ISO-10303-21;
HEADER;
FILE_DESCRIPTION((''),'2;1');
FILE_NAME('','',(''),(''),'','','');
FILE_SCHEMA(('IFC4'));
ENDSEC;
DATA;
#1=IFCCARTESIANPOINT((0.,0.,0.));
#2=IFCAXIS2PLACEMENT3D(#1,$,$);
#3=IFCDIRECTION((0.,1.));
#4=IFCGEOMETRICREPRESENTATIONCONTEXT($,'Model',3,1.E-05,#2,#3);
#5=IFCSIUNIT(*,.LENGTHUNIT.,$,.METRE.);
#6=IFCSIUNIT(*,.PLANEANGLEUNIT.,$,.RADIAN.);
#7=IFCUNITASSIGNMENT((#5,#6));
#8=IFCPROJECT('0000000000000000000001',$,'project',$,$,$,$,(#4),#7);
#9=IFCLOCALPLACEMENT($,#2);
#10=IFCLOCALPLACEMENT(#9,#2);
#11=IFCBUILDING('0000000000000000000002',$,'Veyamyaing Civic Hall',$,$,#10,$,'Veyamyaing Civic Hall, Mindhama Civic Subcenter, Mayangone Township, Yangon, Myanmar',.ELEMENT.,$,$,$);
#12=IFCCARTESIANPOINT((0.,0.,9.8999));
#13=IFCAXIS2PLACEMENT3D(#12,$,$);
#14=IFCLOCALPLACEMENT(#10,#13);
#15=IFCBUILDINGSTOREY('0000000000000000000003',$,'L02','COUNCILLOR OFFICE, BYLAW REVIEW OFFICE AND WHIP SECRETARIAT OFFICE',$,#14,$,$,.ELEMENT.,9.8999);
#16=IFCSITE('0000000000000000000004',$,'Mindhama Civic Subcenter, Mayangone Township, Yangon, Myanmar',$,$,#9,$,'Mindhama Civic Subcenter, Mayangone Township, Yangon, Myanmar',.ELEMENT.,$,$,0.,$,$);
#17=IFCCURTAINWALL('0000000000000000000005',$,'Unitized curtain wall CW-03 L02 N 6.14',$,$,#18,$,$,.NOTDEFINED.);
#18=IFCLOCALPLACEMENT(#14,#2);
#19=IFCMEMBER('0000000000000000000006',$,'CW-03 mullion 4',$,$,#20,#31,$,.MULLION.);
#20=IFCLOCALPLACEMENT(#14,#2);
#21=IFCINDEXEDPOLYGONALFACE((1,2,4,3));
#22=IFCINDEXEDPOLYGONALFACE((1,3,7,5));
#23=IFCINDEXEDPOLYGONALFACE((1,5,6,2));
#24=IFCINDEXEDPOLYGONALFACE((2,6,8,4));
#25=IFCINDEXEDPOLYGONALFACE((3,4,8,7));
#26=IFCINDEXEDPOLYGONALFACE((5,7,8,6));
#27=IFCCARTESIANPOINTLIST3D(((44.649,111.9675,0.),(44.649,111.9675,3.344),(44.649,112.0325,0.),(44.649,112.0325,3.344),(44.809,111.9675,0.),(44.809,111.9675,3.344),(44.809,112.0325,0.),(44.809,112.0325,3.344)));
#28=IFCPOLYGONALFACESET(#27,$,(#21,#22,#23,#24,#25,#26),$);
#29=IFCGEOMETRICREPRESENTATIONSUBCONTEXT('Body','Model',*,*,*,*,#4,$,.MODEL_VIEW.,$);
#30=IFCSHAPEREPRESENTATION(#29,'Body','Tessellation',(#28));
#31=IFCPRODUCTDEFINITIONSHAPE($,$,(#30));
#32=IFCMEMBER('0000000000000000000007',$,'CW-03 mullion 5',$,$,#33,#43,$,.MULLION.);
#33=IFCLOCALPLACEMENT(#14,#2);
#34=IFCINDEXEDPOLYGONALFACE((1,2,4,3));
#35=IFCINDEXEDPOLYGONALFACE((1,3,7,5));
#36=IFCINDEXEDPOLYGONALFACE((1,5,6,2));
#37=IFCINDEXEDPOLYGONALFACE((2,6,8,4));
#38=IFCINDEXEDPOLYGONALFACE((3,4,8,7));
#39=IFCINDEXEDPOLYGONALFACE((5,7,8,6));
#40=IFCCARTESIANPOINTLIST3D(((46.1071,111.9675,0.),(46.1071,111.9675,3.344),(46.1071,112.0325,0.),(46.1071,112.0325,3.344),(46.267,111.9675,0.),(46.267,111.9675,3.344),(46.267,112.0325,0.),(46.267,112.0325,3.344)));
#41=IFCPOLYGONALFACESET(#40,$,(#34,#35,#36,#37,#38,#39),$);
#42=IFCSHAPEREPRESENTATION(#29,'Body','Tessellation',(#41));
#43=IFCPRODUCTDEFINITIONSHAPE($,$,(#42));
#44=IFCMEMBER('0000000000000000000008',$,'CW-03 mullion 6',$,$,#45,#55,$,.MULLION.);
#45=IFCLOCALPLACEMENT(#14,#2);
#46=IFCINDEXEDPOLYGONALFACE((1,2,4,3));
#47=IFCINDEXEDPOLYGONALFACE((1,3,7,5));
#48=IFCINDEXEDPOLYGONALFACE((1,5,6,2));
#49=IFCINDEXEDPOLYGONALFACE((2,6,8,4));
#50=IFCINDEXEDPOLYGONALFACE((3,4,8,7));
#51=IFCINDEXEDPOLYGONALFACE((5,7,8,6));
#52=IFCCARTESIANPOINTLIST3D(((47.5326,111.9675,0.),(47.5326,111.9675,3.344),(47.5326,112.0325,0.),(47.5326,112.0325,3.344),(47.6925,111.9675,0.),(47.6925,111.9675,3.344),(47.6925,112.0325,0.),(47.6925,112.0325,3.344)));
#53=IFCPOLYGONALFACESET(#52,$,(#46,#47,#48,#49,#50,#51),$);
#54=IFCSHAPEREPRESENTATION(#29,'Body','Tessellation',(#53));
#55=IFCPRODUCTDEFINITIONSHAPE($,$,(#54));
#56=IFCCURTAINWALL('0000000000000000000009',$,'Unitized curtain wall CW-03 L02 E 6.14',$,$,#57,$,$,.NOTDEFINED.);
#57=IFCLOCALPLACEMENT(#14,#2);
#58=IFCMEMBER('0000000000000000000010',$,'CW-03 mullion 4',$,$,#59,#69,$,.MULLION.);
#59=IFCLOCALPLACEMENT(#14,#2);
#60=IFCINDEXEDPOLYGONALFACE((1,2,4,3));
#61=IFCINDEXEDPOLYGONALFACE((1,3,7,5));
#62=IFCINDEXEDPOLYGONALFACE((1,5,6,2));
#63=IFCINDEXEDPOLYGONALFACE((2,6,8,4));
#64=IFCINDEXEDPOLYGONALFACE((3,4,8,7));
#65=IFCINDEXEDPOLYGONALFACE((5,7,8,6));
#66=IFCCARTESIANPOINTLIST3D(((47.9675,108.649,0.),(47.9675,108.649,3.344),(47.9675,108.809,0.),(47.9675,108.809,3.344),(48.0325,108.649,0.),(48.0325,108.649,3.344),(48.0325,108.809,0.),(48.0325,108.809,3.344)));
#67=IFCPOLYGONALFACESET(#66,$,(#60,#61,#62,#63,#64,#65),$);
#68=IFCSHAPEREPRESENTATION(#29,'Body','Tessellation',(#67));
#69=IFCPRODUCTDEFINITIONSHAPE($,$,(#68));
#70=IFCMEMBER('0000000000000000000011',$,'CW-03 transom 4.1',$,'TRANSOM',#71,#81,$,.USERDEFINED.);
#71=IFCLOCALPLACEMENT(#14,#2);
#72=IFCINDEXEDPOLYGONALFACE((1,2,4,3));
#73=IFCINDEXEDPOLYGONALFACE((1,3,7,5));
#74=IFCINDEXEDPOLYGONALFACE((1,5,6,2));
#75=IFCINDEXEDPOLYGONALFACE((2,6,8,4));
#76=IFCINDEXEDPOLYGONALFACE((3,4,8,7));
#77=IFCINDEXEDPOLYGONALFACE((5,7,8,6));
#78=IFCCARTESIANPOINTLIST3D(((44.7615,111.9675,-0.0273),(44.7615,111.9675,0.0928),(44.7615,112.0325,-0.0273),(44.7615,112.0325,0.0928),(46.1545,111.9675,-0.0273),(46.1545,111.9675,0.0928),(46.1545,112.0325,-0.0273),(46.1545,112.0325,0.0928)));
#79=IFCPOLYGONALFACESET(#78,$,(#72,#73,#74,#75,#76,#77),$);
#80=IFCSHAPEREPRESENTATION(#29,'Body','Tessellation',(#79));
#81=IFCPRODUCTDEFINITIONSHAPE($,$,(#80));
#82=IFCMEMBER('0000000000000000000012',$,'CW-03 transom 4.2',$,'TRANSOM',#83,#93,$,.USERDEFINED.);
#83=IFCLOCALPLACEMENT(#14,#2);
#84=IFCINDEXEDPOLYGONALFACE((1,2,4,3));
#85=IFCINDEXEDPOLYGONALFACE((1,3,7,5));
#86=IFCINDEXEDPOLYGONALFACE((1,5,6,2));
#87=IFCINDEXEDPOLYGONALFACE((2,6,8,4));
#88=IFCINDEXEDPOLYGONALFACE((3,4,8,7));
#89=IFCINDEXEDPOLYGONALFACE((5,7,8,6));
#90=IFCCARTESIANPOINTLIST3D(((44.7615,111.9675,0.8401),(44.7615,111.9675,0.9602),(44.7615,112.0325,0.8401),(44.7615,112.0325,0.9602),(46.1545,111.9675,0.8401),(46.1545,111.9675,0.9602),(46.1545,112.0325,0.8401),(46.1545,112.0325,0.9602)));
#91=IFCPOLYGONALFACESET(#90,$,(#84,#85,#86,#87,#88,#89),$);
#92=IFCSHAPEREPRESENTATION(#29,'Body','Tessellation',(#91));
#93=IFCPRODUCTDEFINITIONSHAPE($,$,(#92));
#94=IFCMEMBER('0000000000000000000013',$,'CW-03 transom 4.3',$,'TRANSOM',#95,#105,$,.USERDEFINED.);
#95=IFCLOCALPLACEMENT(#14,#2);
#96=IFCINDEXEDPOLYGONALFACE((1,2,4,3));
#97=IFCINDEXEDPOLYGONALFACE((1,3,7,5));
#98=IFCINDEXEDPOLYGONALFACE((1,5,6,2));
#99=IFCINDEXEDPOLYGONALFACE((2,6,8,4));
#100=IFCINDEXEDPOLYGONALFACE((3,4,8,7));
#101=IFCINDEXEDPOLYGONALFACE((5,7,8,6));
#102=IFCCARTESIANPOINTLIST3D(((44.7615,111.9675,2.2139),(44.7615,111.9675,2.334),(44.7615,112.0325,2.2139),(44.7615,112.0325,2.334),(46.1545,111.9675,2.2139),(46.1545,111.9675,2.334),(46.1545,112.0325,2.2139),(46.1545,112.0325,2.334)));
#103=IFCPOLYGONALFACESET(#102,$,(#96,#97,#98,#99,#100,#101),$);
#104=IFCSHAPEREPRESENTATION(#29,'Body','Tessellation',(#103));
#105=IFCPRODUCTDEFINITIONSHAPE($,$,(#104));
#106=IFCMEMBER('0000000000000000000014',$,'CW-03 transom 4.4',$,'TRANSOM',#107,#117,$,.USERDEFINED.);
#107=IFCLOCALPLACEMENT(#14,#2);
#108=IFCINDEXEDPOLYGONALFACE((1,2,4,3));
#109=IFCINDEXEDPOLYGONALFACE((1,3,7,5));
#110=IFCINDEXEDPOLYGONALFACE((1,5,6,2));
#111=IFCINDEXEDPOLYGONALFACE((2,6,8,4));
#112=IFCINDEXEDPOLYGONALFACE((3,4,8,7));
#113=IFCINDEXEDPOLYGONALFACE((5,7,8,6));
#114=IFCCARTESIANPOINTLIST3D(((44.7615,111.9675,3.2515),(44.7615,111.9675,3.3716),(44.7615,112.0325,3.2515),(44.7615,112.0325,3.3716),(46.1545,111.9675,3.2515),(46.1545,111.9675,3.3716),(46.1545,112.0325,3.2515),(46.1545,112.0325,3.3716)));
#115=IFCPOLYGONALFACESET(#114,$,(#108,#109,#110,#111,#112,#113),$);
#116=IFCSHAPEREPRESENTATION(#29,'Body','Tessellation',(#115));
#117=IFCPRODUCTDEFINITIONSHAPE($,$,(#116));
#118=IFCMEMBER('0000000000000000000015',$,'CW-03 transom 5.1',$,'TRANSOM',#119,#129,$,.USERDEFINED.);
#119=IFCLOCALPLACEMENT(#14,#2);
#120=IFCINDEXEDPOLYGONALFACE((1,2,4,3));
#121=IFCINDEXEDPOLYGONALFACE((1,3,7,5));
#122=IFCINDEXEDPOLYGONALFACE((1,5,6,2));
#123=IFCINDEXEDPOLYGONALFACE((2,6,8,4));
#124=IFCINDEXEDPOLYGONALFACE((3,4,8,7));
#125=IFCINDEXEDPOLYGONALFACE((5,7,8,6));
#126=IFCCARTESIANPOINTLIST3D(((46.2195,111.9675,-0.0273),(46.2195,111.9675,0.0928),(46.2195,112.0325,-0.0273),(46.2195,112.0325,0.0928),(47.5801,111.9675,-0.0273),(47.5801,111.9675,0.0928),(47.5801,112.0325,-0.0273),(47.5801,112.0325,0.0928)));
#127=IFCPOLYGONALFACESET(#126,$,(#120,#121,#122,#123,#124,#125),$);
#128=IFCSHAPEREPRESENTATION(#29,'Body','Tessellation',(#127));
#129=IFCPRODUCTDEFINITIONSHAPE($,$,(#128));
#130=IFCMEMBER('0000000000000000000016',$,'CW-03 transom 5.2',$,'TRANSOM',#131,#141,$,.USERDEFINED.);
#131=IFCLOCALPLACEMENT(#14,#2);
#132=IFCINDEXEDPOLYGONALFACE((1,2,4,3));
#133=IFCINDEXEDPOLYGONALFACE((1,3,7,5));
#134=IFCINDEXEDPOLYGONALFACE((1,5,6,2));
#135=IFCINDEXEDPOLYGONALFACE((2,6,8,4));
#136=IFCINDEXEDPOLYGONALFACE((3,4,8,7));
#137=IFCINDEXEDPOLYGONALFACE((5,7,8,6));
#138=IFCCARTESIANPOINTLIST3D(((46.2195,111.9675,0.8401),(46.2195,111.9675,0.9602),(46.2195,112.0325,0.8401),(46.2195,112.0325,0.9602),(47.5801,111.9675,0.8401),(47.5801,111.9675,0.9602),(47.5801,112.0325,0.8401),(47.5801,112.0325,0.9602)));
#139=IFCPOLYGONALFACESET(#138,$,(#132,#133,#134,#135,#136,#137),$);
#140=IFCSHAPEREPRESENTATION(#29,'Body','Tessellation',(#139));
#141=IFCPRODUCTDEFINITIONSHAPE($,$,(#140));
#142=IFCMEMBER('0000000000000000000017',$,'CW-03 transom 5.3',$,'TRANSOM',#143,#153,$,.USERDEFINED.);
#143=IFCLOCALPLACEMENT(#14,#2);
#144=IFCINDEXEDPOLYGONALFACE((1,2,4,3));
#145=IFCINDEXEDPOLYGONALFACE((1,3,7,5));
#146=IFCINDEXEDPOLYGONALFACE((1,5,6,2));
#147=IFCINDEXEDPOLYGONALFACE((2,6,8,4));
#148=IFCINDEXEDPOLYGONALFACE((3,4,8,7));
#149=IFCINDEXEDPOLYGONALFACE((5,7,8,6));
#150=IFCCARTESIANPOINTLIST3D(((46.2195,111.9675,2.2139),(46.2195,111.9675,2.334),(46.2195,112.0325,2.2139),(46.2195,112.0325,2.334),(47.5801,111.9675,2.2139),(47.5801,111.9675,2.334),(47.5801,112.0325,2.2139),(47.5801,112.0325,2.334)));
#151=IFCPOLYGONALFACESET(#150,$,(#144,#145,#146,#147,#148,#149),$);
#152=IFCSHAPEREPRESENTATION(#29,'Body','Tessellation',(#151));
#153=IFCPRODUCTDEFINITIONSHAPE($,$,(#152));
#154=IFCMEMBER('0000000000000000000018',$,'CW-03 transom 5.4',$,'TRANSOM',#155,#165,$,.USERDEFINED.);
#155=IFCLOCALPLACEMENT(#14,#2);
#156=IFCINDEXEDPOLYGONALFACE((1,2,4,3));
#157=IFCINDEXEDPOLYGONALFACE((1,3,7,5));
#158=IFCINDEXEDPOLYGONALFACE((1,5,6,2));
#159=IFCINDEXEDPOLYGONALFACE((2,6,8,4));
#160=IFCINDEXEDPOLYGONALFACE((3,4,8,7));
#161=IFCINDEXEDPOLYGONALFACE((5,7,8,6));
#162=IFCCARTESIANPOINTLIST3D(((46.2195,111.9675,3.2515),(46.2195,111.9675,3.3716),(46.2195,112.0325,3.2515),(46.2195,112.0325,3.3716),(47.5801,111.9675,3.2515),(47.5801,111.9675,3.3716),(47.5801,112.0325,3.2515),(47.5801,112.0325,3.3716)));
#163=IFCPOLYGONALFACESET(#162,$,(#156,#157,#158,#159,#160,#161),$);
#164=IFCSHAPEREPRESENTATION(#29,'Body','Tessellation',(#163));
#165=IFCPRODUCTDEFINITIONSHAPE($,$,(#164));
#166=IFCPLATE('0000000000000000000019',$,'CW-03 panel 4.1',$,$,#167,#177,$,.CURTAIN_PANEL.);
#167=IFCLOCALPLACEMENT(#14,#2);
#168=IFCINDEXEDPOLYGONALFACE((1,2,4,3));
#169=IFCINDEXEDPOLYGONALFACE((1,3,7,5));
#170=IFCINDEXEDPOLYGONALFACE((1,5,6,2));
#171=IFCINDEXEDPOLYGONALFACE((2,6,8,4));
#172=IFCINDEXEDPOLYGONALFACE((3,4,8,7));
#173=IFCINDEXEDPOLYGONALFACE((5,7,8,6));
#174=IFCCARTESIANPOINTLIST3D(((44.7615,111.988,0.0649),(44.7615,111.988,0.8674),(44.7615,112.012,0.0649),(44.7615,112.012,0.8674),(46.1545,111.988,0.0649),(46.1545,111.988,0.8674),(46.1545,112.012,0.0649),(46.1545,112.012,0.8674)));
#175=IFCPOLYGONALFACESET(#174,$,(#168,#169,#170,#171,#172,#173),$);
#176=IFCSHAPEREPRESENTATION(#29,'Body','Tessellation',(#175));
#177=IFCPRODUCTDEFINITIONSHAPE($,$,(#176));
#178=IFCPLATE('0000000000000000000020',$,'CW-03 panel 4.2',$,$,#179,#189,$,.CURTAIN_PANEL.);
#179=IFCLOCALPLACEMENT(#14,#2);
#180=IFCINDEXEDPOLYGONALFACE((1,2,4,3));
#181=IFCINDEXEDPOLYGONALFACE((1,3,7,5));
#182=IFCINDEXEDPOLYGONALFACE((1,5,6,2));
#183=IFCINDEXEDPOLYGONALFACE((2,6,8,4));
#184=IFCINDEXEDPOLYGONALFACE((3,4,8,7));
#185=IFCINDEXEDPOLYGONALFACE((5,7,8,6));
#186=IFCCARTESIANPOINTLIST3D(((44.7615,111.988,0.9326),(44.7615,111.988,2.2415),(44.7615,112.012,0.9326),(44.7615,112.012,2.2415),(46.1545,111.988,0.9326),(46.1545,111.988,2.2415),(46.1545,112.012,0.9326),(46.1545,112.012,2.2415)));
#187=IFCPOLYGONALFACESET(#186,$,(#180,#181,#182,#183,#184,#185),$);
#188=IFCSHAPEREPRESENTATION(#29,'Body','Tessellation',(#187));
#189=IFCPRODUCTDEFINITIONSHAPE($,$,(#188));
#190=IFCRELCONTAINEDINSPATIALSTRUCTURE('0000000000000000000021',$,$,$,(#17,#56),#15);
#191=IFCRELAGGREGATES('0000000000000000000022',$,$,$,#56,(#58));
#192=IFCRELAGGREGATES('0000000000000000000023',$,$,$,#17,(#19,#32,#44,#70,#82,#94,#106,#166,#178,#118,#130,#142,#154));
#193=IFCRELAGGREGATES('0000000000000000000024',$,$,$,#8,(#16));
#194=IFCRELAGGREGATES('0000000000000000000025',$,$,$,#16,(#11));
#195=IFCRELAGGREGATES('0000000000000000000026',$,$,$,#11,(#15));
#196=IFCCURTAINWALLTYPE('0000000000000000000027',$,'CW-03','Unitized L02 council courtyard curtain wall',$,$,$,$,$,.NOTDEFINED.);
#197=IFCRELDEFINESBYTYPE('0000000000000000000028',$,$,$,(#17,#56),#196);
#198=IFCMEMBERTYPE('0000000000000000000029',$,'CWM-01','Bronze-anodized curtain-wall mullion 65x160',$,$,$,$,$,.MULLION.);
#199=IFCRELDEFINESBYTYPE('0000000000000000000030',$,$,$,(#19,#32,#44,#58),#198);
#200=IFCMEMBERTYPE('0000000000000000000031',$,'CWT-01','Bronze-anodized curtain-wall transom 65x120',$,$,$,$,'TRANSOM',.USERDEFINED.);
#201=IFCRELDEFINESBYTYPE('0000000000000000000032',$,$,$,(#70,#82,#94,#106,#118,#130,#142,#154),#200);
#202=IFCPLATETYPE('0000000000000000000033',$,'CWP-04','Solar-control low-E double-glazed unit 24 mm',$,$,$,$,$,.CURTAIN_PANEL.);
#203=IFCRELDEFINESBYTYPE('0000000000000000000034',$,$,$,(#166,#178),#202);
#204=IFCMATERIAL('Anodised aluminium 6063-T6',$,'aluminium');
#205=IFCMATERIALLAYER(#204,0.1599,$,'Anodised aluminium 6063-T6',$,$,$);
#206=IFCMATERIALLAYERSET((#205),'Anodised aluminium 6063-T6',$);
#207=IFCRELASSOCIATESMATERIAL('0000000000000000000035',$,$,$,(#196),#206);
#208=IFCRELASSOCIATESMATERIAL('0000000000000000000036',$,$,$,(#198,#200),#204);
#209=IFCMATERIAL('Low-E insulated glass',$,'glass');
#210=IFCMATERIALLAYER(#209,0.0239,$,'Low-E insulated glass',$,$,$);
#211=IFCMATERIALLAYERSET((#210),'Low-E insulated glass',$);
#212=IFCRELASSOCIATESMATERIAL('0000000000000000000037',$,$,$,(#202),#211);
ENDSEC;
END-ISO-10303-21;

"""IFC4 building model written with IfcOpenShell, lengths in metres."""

from ifc_helpers import new_model, si_unit, direction, frame, origin, origin_2d, place, context, subcontext, project, spatial, rectangle, extrude, material, layer, layer_set, material_profile, profile_set, type_object, element, aggregate, save


model = new_model("IFC4")

# Units and contexts
model_context = context("Model", 3, precision=1e-05, world=origin(), true_north=direction((0.0, 1.0)))
body_context = subcontext(model_context, "Body", "Model", "MODEL_VIEW")
ifc_project = project(units=[si_unit("LENGTHUNIT", "METRE"), si_unit("PLANEANGLEUNIT", "RADIAN")], contexts=[model_context])

# Site, building, storey
site_placement = place(None, origin())
site = spatial("IfcSite", under=ifc_project, at=site_placement, Name="Mindhama Civic Subcenter, Mayangone Township, Yangon, Myanmar", LongName="Mindhama Civic Subcenter, Mayangone Township, Yangon, Myanmar", CompositionType="ELEMENT", RefElevation=0.0)
building_placement = place(site_placement, origin())
building = spatial("IfcBuilding", under=site, at=building_placement, Name="Veyamyaing Civic Hall", LongName="Veyamyaing Civic Hall, Mindhama Civic Subcenter, Mayangone Township, Yangon, Myanmar", CompositionType="ELEMENT")
storey_placement = place(building_placement, frame((0.0, 0.0, 9.8999)))
storey = spatial("IfcBuildingStorey", under=building, at=storey_placement, Name="L02", Description="COUNCILLOR OFFICE, BYLAW REVIEW OFFICE AND WHIP SECRETARIAT OFFICE", CompositionType="ELEMENT", Elevation=9.8999)

# Curtain wall, members
ifc_material_1 = material(Name="Anodised aluminium 6063-T6", Category="aluminium")
ifc_layer_1 = layer(ifc_material_1, 0.1599, Name="Anodised aluminium 6063-T6")
ifc_layer_set_1 = layer_set([ifc_layer_1], Name="Anodised aluminium 6063-T6")
curtain_wall_type = type_object("IfcCurtainWallType", Name="CW-03", Description="Unitized L02 council courtyard curtain wall", PredefinedType="NOTDEFINED", material=ifc_layer_set_1)
curtain_wall_1_placement = place(storey_placement, origin())
curtain_wall_1 = element("IfcCurtainWall", 1, at=curtain_wall_1_placement, inside=storey, type_object=curtain_wall_type, Name="Unitized curtain wall CW-03 L02 N 6.14", PredefinedType="NOTDEFINED")
ifc_material_profile_1 = material_profile(ifc_material_1, rectangle(XDim=0.0649, YDim=0.1599, at=origin_2d()), Name="ALU-MUL-65X160")
ifc_profile_set_1 = profile_set([ifc_material_profile_1], Name="Anodised aluminium 6063-T6")
member_type_1 = type_object("IfcMemberType", Name="CWM-01", Description="Bronze-anodized curtain-wall mullion 65x160", PredefinedType="MULLION", material=ifc_profile_set_1)
member_1_placement = place(storey_placement, frame((44.729, 112.0, 0.0), z_axis=(0.0, 0.0, 1.0), x_axis=(0.0, 1.0, 0.0)))
member_1 = element("IfcMember", 2, at=member_1_placement, type_object=member_type_1, Name="CW-03 mullion 4", PredefinedType="MULLION", context=body_context, shape_type="SweptSolid", body=[
    extrude(rectangle(XDim=0.0649, YDim=0.1599, at=origin_2d()), origin(), (0.0, 0.0, 1.0), 3.344),
])
member_2_placement = place(storey_placement, frame((46.187, 112.0, 0.0), z_axis=(0.0, 0.0, 1.0), x_axis=(0.0, 1.0, 0.0)))
member_2 = element("IfcMember", 3, at=member_2_placement, type_object=member_type_1, Name="CW-03 mullion 5", PredefinedType="MULLION", context=body_context, shape_type="SweptSolid", body=[
    extrude(rectangle(XDim=0.0649, YDim=0.1599, at=origin_2d()), origin(), (0.0, 0.0, 1.0), 3.344),
])
member_3_placement = place(storey_placement, frame((47.6125, 112.0, 0.0), z_axis=(0.0, 0.0, 1.0), x_axis=(0.0, 1.0, 0.0)))
member_3 = element("IfcMember", 4, at=member_3_placement, type_object=member_type_1, Name="CW-03 mullion 6", PredefinedType="MULLION", context=body_context, shape_type="SweptSolid", body=[
    extrude(rectangle(XDim=0.0649, YDim=0.1599, at=origin_2d()), origin(), (0.0, 0.0, 1.0), 3.344),
])

# Curtain wall, member
curtain_wall_2_placement = place(storey_placement, origin())
curtain_wall_2 = element("IfcCurtainWall", 5, at=curtain_wall_2_placement, inside=storey, type_object=curtain_wall_type, Name="Unitized curtain wall CW-03 L02 E 6.14", PredefinedType="NOTDEFINED")
member_4_placement = place(storey_placement, frame((48.0, 108.729, 0.0), z_axis=(0.0, 0.0, 1.0), x_axis=(-1.0, 0.0, 0.0)))
member_4 = element("IfcMember", 6, at=member_4_placement, type_object=member_type_1, Name="CW-03 mullion 4", PredefinedType="MULLION", context=body_context, shape_type="SweptSolid", body=[
    extrude(rectangle(XDim=0.0649, YDim=0.1599, at=origin_2d()), origin(), (0.0, 0.0, 1.0), 3.344),
])
aggregate(curtain_wall_2, [member_4])

# Members
ifc_material_profile_2 = material_profile(ifc_material_1, rectangle(XDim=0.0649, YDim=0.1201, at=origin_2d()), Name="ALU-TRN-65X120")
ifc_profile_set_2 = profile_set([ifc_material_profile_2], Name="Anodised aluminium 6063-T6")
member_type_2 = type_object("IfcMemberType", Name="CWT-01", Description="Bronze-anodized curtain-wall transom 65x120", ElementType="TRANSOM", PredefinedType="USERDEFINED", material=ifc_profile_set_2)
member_5_placement = place(storey_placement, frame((44.7615, 112.0, 0.0327), z_axis=(1.0, 0.0, 0.0), x_axis=(0.0, 1.0, 0.0)))
member_5 = element("IfcMember", 7, at=member_5_placement, type_object=member_type_2, Name="CW-03 transom 4.1", ObjectType="TRANSOM", PredefinedType="USERDEFINED", context=body_context, shape_type="SweptSolid", body=[
    extrude(rectangle(XDim=0.0649, YDim=0.1201, at=origin_2d()), origin(), (0.0, 0.0, 1.0), 1.3931),
])
member_6_placement = place(storey_placement, frame((44.7615, 112.0, 0.9001), z_axis=(1.0, 0.0, 0.0), x_axis=(0.0, 1.0, 0.0)))
member_6 = element("IfcMember", 8, at=member_6_placement, type_object=member_type_2, Name="CW-03 transom 4.2", ObjectType="TRANSOM", PredefinedType="USERDEFINED", context=body_context, shape_type="SweptSolid", body=[
    extrude(rectangle(XDim=0.0649, YDim=0.1201, at=origin_2d()), origin(), (0.0, 0.0, 1.0), 1.3931),
])
member_7_placement = place(storey_placement, frame((44.7615, 112.0, 2.2739), z_axis=(1.0, 0.0, 0.0), x_axis=(0.0, 1.0, 0.0)))
member_7 = element("IfcMember", 9, at=member_7_placement, type_object=member_type_2, Name="CW-03 transom 4.3", ObjectType="TRANSOM", PredefinedType="USERDEFINED", context=body_context, shape_type="SweptSolid", body=[
    extrude(rectangle(XDim=0.0649, YDim=0.1201, at=origin_2d()), origin(), (0.0, 0.0, 1.0), 1.3931),
])
member_8_placement = place(storey_placement, frame((44.7615, 112.0, 3.3115), z_axis=(1.0, 0.0, 0.0), x_axis=(0.0, 1.0, 0.0)))
member_8 = element("IfcMember", 10, at=member_8_placement, type_object=member_type_2, Name="CW-03 transom 4.4", ObjectType="TRANSOM", PredefinedType="USERDEFINED", context=body_context, shape_type="SweptSolid", body=[
    extrude(rectangle(XDim=0.0649, YDim=0.1201, at=origin_2d()), origin(), (0.0, 0.0, 1.0), 1.3931),
])
member_9_placement = place(storey_placement, frame((46.2195, 112.0, 0.0327), z_axis=(1.0, 0.0, 0.0), x_axis=(0.0, 1.0, 0.0)))
member_9 = element("IfcMember", 11, at=member_9_placement, type_object=member_type_2, Name="CW-03 transom 5.1", ObjectType="TRANSOM", PredefinedType="USERDEFINED", context=body_context, shape_type="SweptSolid", body=[
    extrude(rectangle(XDim=0.0649, YDim=0.1201, at=origin_2d()), origin(), (0.0, 0.0, 1.0), 1.3606),
])
member_10_placement = place(storey_placement, frame((46.2195, 112.0, 0.9001), z_axis=(1.0, 0.0, 0.0), x_axis=(0.0, 1.0, 0.0)))
member_10 = element("IfcMember", 12, at=member_10_placement, type_object=member_type_2, Name="CW-03 transom 5.2", ObjectType="TRANSOM", PredefinedType="USERDEFINED", context=body_context, shape_type="SweptSolid", body=[
    extrude(rectangle(XDim=0.0649, YDim=0.1201, at=origin_2d()), origin(), (0.0, 0.0, 1.0), 1.3606),
])
member_11_placement = place(storey_placement, frame((46.2195, 112.0, 2.2739), z_axis=(1.0, 0.0, 0.0), x_axis=(0.0, 1.0, 0.0)))
member_11 = element("IfcMember", 13, at=member_11_placement, type_object=member_type_2, Name="CW-03 transom 5.3", ObjectType="TRANSOM", PredefinedType="USERDEFINED", context=body_context, shape_type="SweptSolid", body=[
    extrude(rectangle(XDim=0.0649, YDim=0.1201, at=origin_2d()), origin(), (0.0, 0.0, 1.0), 1.3606),
])
member_12_placement = place(storey_placement, frame((46.2195, 112.0, 3.3115), z_axis=(1.0, 0.0, 0.0), x_axis=(0.0, 1.0, 0.0)))
member_12 = element("IfcMember", 14, at=member_12_placement, type_object=member_type_2, Name="CW-03 transom 5.4", ObjectType="TRANSOM", PredefinedType="USERDEFINED", context=body_context, shape_type="SweptSolid", body=[
    extrude(rectangle(XDim=0.0649, YDim=0.1201, at=origin_2d()), origin(), (0.0, 0.0, 1.0), 1.3606),
])

# Plates
ifc_material_2 = material(Name="Low-E insulated glass", Category="glass")
ifc_layer_2 = layer(ifc_material_2, 0.0239, Name="Low-E insulated glass")
ifc_layer_set_2 = layer_set([ifc_layer_2], Name="Low-E insulated glass")
plate_type = type_object("IfcPlateType", Name="CWP-04", Description="Solar-control low-E double-glazed unit 24 mm", PredefinedType="CURTAIN_PANEL", material=ifc_layer_set_2)
plate_1_placement = place(storey_placement, frame((45.458, 112.0, 0.0649), z_axis=(0.0, 0.0, 1.0), x_axis=(1.0, 0.0, 0.0)))
plate_1 = element("IfcPlate", 15, at=plate_1_placement, type_object=plate_type, Name="CW-03 panel 4.1", PredefinedType="CURTAIN_PANEL", context=body_context, shape_type="SweptSolid", body=[
    extrude(rectangle(XDim=1.3931, YDim=0.0239, at=origin_2d()), origin(), (0.0, 0.0, 1.0), 0.8025),
])
plate_2_placement = place(storey_placement, frame((45.458, 112.0, 0.9326), z_axis=(0.0, 0.0, 1.0), x_axis=(1.0, 0.0, 0.0)))
plate_2 = element("IfcPlate", 16, at=plate_2_placement, type_object=plate_type, Name="CW-03 panel 4.2", PredefinedType="CURTAIN_PANEL", context=body_context, shape_type="SweptSolid", body=[
    extrude(rectangle(XDim=1.3931, YDim=0.0239, at=origin_2d()), origin(), (0.0, 0.0, 1.0), 1.3088),
])
aggregate(curtain_wall_1, [member_1, member_2, member_3, member_5, member_6, member_7, member_8, plate_1, plate_2, member_9, member_10, member_11, member_12])

save(model, "model.ifc")
